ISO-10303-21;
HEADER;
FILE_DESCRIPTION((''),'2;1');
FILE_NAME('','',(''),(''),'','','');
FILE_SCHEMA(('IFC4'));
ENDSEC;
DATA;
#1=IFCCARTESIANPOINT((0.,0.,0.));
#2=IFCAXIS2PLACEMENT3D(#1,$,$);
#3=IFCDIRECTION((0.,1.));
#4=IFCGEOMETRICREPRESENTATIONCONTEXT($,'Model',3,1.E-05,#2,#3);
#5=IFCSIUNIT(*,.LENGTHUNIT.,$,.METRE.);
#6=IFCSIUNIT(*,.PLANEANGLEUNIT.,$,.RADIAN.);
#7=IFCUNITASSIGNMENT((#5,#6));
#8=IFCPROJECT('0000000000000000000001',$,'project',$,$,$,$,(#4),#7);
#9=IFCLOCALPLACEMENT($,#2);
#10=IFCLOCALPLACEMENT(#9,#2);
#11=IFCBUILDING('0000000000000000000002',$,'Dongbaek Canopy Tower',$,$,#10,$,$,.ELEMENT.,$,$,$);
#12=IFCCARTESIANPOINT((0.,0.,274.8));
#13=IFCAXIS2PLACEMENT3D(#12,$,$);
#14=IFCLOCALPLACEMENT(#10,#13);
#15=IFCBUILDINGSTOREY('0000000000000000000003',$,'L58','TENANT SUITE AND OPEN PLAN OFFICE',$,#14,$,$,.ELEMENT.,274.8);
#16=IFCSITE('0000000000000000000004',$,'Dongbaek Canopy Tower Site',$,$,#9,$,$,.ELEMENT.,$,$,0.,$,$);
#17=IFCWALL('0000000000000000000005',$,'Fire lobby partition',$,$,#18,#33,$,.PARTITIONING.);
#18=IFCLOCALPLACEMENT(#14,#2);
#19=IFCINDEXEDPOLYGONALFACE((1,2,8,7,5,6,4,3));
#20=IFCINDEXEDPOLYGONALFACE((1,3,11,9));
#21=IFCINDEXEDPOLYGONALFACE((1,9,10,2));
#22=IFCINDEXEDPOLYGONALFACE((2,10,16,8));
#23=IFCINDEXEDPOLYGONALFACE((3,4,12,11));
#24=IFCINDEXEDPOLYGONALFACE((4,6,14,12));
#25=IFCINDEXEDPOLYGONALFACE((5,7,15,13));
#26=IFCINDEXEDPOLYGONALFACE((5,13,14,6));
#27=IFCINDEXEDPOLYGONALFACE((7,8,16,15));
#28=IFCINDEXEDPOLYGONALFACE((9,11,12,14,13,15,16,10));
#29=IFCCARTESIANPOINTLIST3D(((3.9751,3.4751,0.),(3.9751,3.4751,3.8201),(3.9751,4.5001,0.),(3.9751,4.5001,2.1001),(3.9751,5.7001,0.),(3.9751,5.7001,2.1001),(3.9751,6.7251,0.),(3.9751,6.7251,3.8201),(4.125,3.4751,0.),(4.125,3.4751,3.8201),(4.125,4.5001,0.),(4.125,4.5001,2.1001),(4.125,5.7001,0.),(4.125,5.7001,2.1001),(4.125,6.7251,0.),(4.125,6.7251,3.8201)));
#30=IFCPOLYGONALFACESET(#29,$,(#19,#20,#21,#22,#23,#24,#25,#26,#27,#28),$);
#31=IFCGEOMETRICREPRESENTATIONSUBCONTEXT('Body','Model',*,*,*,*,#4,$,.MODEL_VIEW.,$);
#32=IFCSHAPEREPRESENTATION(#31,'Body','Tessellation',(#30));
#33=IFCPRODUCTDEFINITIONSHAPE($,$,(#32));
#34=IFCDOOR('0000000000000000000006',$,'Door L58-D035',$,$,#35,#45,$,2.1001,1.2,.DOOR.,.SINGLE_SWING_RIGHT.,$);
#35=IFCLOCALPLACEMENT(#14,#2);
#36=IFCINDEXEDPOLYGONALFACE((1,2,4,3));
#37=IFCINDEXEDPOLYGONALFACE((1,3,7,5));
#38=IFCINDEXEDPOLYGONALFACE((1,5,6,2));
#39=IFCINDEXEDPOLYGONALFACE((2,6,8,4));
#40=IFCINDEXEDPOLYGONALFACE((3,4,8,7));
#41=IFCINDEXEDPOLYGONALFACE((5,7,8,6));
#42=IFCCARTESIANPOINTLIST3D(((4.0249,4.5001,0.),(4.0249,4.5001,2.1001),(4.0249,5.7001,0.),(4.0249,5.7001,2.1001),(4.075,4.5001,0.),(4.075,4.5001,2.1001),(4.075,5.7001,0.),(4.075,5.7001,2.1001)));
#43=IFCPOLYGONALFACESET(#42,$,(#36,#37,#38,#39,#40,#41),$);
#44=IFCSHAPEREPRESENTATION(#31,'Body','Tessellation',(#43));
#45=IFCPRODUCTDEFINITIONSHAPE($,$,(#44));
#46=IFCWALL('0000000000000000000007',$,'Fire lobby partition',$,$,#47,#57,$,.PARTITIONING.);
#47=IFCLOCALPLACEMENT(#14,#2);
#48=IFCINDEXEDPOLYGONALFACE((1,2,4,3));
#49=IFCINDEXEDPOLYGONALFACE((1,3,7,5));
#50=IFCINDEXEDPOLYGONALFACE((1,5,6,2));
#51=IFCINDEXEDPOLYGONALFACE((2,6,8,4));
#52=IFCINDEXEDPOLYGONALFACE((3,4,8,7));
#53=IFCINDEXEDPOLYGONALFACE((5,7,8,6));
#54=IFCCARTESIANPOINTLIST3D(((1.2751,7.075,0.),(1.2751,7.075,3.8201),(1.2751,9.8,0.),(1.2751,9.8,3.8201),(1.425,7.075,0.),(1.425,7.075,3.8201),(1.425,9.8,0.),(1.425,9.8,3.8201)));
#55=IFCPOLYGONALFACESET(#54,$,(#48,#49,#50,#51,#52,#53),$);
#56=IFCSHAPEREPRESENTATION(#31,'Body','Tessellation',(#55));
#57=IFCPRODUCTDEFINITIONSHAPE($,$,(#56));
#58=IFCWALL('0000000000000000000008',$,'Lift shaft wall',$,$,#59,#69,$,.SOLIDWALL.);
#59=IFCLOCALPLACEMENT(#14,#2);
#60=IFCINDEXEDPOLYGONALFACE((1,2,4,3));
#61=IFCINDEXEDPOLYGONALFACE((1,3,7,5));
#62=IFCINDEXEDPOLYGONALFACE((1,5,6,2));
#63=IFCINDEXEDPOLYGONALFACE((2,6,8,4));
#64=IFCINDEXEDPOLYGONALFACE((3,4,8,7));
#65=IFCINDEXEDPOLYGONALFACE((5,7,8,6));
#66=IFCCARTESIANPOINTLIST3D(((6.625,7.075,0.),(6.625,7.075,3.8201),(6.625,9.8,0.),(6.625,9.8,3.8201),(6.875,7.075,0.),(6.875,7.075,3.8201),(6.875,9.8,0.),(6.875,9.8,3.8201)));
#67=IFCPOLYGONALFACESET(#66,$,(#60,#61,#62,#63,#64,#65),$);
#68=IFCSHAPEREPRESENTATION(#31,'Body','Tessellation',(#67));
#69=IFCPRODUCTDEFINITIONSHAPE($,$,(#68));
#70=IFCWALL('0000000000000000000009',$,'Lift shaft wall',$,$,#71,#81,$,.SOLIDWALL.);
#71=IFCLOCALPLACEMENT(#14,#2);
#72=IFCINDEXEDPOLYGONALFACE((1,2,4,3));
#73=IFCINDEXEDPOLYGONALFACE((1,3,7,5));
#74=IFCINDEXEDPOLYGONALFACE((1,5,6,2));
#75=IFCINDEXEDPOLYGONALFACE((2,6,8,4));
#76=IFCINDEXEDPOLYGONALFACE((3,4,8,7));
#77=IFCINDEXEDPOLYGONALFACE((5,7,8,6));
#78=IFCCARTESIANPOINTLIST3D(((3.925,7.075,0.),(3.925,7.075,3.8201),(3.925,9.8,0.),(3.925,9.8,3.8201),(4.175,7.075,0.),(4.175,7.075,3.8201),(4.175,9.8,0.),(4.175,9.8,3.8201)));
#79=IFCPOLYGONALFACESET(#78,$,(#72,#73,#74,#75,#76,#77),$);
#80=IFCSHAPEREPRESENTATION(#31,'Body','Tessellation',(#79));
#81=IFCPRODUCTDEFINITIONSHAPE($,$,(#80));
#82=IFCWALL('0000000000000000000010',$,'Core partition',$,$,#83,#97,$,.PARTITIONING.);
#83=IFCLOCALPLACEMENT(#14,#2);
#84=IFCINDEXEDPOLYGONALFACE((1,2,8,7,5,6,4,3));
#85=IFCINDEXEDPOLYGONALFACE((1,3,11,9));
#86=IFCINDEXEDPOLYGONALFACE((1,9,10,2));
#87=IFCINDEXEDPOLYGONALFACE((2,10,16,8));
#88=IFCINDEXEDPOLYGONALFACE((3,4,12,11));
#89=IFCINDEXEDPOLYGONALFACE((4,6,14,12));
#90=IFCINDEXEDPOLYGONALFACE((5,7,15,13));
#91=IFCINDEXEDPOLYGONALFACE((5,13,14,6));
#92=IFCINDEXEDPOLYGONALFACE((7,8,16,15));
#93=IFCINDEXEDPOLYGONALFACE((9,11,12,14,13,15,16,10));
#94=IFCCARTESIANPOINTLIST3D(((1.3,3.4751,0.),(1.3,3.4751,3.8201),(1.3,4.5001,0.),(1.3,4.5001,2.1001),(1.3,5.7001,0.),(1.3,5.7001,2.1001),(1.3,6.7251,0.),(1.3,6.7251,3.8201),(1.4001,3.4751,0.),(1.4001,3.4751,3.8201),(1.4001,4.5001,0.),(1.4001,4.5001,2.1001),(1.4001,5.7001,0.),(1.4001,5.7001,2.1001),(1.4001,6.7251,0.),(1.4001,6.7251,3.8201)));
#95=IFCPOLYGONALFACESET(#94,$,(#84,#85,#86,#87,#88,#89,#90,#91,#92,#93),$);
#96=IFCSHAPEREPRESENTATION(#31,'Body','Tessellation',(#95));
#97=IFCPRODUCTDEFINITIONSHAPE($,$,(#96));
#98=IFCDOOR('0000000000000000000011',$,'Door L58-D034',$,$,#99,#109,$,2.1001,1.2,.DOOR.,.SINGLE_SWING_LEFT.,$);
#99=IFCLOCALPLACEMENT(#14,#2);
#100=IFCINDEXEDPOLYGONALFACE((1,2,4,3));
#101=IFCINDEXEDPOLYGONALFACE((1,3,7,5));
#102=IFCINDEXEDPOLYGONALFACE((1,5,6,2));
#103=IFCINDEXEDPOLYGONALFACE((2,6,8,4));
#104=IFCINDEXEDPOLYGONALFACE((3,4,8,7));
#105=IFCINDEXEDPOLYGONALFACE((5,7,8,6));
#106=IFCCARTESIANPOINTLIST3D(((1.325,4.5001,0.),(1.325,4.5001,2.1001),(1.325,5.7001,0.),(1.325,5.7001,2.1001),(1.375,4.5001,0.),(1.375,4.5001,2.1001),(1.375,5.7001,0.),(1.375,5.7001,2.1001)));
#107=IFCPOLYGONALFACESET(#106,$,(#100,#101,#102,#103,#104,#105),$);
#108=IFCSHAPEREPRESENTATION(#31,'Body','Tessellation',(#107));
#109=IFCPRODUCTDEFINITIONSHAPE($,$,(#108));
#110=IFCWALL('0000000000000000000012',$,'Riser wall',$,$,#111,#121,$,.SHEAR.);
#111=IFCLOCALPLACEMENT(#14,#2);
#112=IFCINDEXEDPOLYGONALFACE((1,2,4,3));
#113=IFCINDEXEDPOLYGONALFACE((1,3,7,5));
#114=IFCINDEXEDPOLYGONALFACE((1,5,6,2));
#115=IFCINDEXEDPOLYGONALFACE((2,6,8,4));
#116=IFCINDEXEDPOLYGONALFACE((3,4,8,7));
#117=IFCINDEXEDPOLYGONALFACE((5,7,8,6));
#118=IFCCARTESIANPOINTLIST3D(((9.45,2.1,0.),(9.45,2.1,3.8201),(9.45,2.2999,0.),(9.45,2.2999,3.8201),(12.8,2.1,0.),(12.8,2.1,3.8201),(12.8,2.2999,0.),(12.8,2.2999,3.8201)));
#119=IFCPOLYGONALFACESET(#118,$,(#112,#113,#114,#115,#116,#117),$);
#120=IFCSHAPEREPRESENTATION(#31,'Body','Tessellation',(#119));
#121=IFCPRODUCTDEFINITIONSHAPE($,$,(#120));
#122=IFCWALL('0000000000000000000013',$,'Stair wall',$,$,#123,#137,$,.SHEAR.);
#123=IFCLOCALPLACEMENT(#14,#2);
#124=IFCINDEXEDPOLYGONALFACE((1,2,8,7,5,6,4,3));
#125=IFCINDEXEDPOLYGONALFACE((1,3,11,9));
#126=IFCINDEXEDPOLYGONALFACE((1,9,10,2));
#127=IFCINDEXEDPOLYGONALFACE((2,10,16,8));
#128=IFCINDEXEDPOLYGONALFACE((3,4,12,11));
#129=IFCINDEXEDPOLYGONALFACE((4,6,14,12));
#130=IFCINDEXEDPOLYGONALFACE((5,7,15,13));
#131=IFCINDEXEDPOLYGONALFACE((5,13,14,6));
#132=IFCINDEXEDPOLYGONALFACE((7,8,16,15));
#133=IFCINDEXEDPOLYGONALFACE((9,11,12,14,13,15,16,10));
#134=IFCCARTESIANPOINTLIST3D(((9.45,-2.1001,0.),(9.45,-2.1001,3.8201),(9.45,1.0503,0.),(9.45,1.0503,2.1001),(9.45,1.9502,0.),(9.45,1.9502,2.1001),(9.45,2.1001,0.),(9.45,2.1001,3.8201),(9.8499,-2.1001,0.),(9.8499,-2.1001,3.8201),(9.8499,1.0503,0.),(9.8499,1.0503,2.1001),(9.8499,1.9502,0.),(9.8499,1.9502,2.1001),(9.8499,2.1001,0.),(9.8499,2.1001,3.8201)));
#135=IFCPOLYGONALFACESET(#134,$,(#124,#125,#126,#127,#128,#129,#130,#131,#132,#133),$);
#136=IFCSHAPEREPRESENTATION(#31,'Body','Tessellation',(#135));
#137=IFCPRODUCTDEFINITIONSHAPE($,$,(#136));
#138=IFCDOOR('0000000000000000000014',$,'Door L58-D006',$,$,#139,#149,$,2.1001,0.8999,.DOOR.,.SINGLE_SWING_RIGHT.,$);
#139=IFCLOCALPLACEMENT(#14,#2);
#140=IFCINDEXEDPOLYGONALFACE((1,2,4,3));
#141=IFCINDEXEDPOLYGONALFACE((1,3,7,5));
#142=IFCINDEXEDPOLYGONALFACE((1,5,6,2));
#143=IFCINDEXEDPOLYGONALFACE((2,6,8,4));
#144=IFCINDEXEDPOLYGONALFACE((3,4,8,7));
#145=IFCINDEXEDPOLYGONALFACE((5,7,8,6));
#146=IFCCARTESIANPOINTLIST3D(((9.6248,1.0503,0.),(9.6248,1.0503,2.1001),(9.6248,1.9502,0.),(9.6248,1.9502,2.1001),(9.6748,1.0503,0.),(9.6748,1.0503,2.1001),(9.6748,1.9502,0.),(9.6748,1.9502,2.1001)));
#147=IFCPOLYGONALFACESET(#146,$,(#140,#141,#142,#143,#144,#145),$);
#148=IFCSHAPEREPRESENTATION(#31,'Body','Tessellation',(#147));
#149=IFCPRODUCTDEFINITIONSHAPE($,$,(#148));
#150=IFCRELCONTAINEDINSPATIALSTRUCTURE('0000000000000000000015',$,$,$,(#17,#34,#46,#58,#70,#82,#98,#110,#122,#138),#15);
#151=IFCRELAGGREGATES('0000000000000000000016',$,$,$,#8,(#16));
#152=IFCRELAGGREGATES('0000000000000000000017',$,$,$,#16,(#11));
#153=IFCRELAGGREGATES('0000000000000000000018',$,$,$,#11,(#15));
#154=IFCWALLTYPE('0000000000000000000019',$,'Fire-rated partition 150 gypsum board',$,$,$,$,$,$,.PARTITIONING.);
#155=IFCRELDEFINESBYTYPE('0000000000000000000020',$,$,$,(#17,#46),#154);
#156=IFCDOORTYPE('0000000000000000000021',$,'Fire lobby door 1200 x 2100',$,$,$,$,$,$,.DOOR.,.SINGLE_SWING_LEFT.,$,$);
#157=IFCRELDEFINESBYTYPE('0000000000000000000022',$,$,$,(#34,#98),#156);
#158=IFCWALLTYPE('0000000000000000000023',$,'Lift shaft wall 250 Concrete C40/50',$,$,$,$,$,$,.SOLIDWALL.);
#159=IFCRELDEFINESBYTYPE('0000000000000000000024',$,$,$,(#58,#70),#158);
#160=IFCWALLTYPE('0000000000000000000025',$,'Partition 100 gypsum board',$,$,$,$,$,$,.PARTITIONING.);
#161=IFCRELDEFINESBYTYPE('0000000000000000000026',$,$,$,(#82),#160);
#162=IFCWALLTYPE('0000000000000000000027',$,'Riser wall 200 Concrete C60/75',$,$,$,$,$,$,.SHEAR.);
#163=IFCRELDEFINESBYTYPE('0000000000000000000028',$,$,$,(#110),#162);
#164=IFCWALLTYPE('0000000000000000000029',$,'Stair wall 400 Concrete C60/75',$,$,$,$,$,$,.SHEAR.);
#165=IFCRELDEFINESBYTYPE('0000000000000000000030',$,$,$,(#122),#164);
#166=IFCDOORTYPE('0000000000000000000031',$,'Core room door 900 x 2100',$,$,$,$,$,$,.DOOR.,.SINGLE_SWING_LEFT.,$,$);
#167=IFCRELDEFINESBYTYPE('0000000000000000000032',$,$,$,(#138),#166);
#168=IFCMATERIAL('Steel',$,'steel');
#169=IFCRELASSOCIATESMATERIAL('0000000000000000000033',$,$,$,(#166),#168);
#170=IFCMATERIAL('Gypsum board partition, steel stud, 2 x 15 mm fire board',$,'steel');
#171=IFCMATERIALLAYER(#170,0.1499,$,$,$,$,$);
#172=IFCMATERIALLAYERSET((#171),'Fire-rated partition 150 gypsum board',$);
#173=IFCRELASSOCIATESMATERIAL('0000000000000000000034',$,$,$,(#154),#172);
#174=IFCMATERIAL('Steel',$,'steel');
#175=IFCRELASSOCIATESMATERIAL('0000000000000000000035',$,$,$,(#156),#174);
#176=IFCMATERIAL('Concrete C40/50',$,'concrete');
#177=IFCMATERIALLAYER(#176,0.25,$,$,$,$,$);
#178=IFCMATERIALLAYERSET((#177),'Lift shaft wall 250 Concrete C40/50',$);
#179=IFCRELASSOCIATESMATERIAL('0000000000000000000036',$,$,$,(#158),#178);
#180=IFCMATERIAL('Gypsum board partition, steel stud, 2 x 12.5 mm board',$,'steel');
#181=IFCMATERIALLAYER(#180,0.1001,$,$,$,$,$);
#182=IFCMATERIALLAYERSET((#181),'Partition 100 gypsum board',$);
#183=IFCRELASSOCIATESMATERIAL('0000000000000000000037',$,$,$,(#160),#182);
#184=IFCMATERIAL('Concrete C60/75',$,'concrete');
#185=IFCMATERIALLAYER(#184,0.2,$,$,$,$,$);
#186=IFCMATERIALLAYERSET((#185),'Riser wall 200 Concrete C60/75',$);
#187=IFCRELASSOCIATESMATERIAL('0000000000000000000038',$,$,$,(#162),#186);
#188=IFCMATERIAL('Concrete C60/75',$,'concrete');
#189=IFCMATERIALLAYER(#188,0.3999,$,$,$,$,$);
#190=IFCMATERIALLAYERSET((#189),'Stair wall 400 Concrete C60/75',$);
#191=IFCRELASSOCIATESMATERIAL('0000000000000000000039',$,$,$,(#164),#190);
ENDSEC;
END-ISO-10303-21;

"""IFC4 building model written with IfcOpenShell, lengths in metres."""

from ifc_helpers import new_model, si_unit, direction, frame, frame_2d, origin, place, context, subcontext, project, spatial, rectangle, extrude, material, layer, layer_set, type_object, element, fill, save


model = new_model("IFC4")

# Units and contexts
model_context = context("Model", 3, precision=1e-05, world=origin(), true_north=direction((0.0, 1.0)))
body_context = subcontext(model_context, "Body", "Model", "MODEL_VIEW")
ifc_project = project(units=[si_unit("LENGTHUNIT", "METRE"), si_unit("PLANEANGLEUNIT", "RADIAN")], contexts=[model_context])

# Site, building, storey
site_placement = place(None, origin())
site = spatial("IfcSite", under=ifc_project, at=site_placement, Name="Dongbaek Canopy Tower Site", CompositionType="ELEMENT", RefElevation=0.0)
building_placement = place(site_placement, origin())
building = spatial("IfcBuilding", under=site, at=building_placement, Name="Dongbaek Canopy Tower", CompositionType="ELEMENT")
storey_placement = place(building_placement, frame((0.0, 0.0, 274.8)))
storey = spatial("IfcBuildingStorey", under=building, at=storey_placement, Name="L58", Description="TENANT SUITE AND OPEN PLAN OFFICE", CompositionType="ELEMENT", Elevation=274.8)

# Shared definitions
ifc_material_1 = material(Name="Steel", Category="steel")
door_type_1 = type_object("IfcDoorType", Name="Core room door 900 x 2100", OperationType="SINGLE_SWING_LEFT", PredefinedType="DOOR", material=ifc_material_1)

# Wall, opening, door
ifc_material_2 = material(Name="Gypsum board partition, steel stud, 2 x 15 mm fire board", Category="steel")
ifc_layer_1 = layer(ifc_material_2, 0.1499)
ifc_layer_set_1 = layer_set([ifc_layer_1], Name="Fire-rated partition 150 gypsum board")
wall_type_1 = type_object("IfcWallType", Name="Fire-rated partition 150 gypsum board", PredefinedType="PARTITIONING", material=ifc_layer_set_1)
wall_1_placement = place(storey_placement, frame((4.05, 6.7251, 0.0), z_axis=(0.0, 0.0, 1.0), x_axis=(0.0, -1.0, 0.0)))
wall_1 = element("IfcWall", 1, at=wall_1_placement, inside=storey, type_object=wall_type_1, Name="Fire lobby partition", PredefinedType="PARTITIONING", context=body_context, shape_type="SweptSolid", body=[
    extrude(rectangle(XDim=3.25, YDim=0.1499, at=frame_2d((1.625, 0.0))), origin(), (0.0, 0.0, 1.0), 3.8201),
])
opening_1_placement = place(wall_1_placement, frame((1.0249, 0.0, 0.0)))
opening_1 = element("IfcOpeningElement", 2, at=opening_1_placement, cuts=wall_1, PredefinedType="OPENING", context=body_context, shape_type="SweptSolid", body=[
    extrude(rectangle(XDim=1.2, YDim=2.1001, at=frame_2d((0.6001, 1.05))), frame((0.0, 0.085, 0.0), z_axis=(0.0, -1.0, 0.0), x_axis=(1.0, 0.0, 0.0)), (0.0, 0.0, 1.0), 0.1699),
])
ifc_material_3 = material(Name="Steel", Category="steel")
door_type_2 = type_object("IfcDoorType", Name="Fire lobby door 1200 x 2100", OperationType="SINGLE_SWING_LEFT", PredefinedType="DOOR", material=ifc_material_3)
door_1_placement = place(opening_1_placement, origin())
door_1 = element("IfcDoor", 3, at=door_1_placement, inside=storey, type_object=door_type_2, Name="Door L58-D035", OperationType="SINGLE_SWING_RIGHT", OverallHeight=2.1001, OverallWidth=1.2, PredefinedType="DOOR", context=body_context, shape_type="SweptSolid", body=[
    extrude(rectangle(XDim=1.2, YDim=2.1001, at=frame_2d((0.6001, 1.05))), frame((0.0, 0.0249, 0.0), z_axis=(0.0, -1.0, 0.0), x_axis=(1.0, 0.0, 0.0)), (0.0, 0.0, 1.0), 0.05),
])
fill(opening_1, door_1)

# Walls
wall_2_placement = place(storey_placement, frame((1.3501, 7.075, 0.0), z_axis=(0.0, 0.0, 1.0), x_axis=(0.0, 1.0, 0.0)))
element("IfcWall", 4, at=wall_2_placement, inside=storey, type_object=wall_type_1, Name="Fire lobby partition", PredefinedType="PARTITIONING", context=body_context, shape_type="SweptSolid", body=[
    extrude(rectangle(XDim=2.7251, YDim=0.1499, at=frame_2d((1.3625, 0.0))), origin(), (0.0, 0.0, 1.0), 3.8201),
])
ifc_material_4 = material(Name="Concrete C40/50", Category="concrete")
ifc_layer_2 = layer(ifc_material_4, 0.25)
ifc_layer_set_2 = layer_set([ifc_layer_2], Name="Lift shaft wall 250 Concrete C40/50")
wall_type_2 = type_object("IfcWallType", Name="Lift shaft wall 250 Concrete C40/50", PredefinedType="SOLIDWALL", material=ifc_layer_set_2)
for number, where, z_axis, x_axis, name in (
    (5, (6.75, 7.075, 0.0), (0.0, 0.0, 1.0), (0.0, 1.0, 0.0), "Lift shaft wall"),
    (6, (4.05, 7.075, 0.0), (0.0, 0.0, 1.0), (0.0, 1.0, 0.0), "Lift shaft wall"),
):
    element("IfcWall", number, at=place(storey_placement, frame(where, z_axis=z_axis, x_axis=x_axis)), inside=storey, type_object=wall_type_2, Name=name, PredefinedType="SOLIDWALL", context=body_context, shape_type="SweptSolid", body=[
        extrude(rectangle(XDim=2.7251, YDim=0.25, at=frame_2d((1.3625, 0.0))), origin(), (0.0, 0.0, 1.0), 3.8201),
    ])

# Wall, opening, door
ifc_material_5 = material(Name="Gypsum board partition, steel stud, 2 x 12.5 mm board", Category="steel")
ifc_layer_3 = layer(ifc_material_5, 0.1001)
ifc_layer_set_3 = layer_set([ifc_layer_3], Name="Partition 100 gypsum board")
wall_type_3 = type_object("IfcWallType", Name="Partition 100 gypsum board", PredefinedType="PARTITIONING", material=ifc_layer_set_3)
wall_3_placement = place(storey_placement, frame((1.3501, 6.7251, 0.0), z_axis=(0.0, 0.0, 1.0), x_axis=(0.0, -1.0, 0.0)))
wall_3 = element("IfcWall", 7, at=wall_3_placement, inside=storey, type_object=wall_type_3, Name="Core partition", PredefinedType="PARTITIONING", context=body_context, shape_type="SweptSolid", body=[
    extrude(rectangle(XDim=3.25, YDim=0.1001, at=frame_2d((1.625, 0.0))), origin(), (0.0, 0.0, 1.0), 3.8201),
])
opening_2_placement = place(wall_3_placement, frame((1.0249, 0.0, 0.0)))
opening_2 = element("IfcOpeningElement", 8, at=opening_2_placement, cuts=wall_3, PredefinedType="OPENING", context=body_context, shape_type="SweptSolid", body=[
    extrude(rectangle(XDim=1.2, YDim=2.1001, at=frame_2d((0.6001, 1.05))), frame((0.0, 0.0601, 0.0), z_axis=(0.0, -1.0, 0.0), x_axis=(1.0, 0.0, 0.0)), (0.0, 0.0, 1.0), 0.1201),
])
door_2_placement = place(opening_2_placement, origin())
door_2 = element("IfcDoor", 9, at=door_2_placement, inside=storey, type_object=door_type_2, Name="Door L58-D034", OperationType="SINGLE_SWING_LEFT", OverallHeight=2.1001, OverallWidth=1.2, PredefinedType="DOOR", context=body_context, shape_type="SweptSolid", body=[
    extrude(rectangle(XDim=1.2, YDim=2.1001, at=frame_2d((0.6001, 1.05))), frame((0.0, 0.0249, 0.0), z_axis=(0.0, -1.0, 0.0), x_axis=(1.0, 0.0, 0.0)), (0.0, 0.0, 1.0), 0.05),
])
fill(opening_2, door_2)

# Wall
ifc_material_6 = material(Name="Concrete C60/75", Category="concrete")
ifc_layer_4 = layer(ifc_material_6, 0.2)
ifc_layer_set_4 = layer_set([ifc_layer_4], Name="Riser wall 200 Concrete C60/75")
wall_type_4 = type_object("IfcWallType", Name="Riser wall 200 Concrete C60/75", PredefinedType="SHEAR", material=ifc_layer_set_4)
wall_4_placement = place(storey_placement, frame((9.45, 2.2, 0.0), z_axis=(0.0, 0.0, 1.0), x_axis=(1.0, 0.0, 0.0)))
element("IfcWall", 10, at=wall_4_placement, inside=storey, type_object=wall_type_4, Name="Riser wall", PredefinedType="SHEAR", context=body_context, shape_type="SweptSolid", body=[
    extrude(rectangle(XDim=3.3501, YDim=0.2, at=frame_2d((1.675, 0.0))), origin(), (0.0, 0.0, 1.0), 3.8201),
])

# Wall, opening, door
ifc_material_7 = material(Name="Concrete C60/75", Category="concrete")
ifc_layer_5 = layer(ifc_material_7, 0.3999)
ifc_layer_set_5 = layer_set([ifc_layer_5], Name="Stair wall 400 Concrete C60/75")
wall_type_5 = type_object("IfcWallType", Name="Stair wall 400 Concrete C60/75", PredefinedType="SHEAR", material=ifc_layer_set_5)
wall_5_placement = place(storey_placement, frame((9.6499, 2.1001, 0.0), z_axis=(0.0, 0.0, 1.0), x_axis=(0.0, -1.0, 0.0)))
wall_5 = element("IfcWall", 11, at=wall_5_placement, inside=storey, type_object=wall_type_5, Name="Stair wall", PredefinedType="SHEAR", context=body_context, shape_type="SweptSolid", body=[
    extrude(rectangle(XDim=4.2002, YDim=0.3999, at=frame_2d((2.1001, 0.0))), origin(), (0.0, 0.0, 1.0), 3.8201),
])
opening_3_placement = place(wall_5_placement, frame((0.1499, 0.0, 0.0)))
opening_3 = element("IfcOpeningElement", 12, at=opening_3_placement, cuts=wall_5, PredefinedType="OPENING", context=body_context, shape_type="SweptSolid", body=[
    extrude(rectangle(XDim=0.8999, YDim=2.1001, at=frame_2d((0.45, 1.05))), frame((0.0, 0.21, 0.0), z_axis=(0.0, -1.0, 0.0), x_axis=(1.0, 0.0, 0.0)), (0.0, 0.0, 1.0), 0.4199),
])
door_3_placement = place(opening_3_placement, origin())
door_3 = element("IfcDoor", 13, at=door_3_placement, inside=storey, type_object=door_type_1, Name="Door L58-D006", OperationType="SINGLE_SWING_RIGHT", OverallHeight=2.1001, OverallWidth=0.8999, PredefinedType="DOOR", context=body_context, shape_type="SweptSolid", body=[
    extrude(rectangle(XDim=0.8999, YDim=2.1001, at=frame_2d((0.45, 1.05))), frame((0.0, 0.0249, 0.0), z_axis=(0.0, -1.0, 0.0), x_axis=(1.0, 0.0, 0.0)), (0.0, 0.0, 1.0), 0.05),
])
fill(opening_3, door_3)

save(model, "model.ifc")
